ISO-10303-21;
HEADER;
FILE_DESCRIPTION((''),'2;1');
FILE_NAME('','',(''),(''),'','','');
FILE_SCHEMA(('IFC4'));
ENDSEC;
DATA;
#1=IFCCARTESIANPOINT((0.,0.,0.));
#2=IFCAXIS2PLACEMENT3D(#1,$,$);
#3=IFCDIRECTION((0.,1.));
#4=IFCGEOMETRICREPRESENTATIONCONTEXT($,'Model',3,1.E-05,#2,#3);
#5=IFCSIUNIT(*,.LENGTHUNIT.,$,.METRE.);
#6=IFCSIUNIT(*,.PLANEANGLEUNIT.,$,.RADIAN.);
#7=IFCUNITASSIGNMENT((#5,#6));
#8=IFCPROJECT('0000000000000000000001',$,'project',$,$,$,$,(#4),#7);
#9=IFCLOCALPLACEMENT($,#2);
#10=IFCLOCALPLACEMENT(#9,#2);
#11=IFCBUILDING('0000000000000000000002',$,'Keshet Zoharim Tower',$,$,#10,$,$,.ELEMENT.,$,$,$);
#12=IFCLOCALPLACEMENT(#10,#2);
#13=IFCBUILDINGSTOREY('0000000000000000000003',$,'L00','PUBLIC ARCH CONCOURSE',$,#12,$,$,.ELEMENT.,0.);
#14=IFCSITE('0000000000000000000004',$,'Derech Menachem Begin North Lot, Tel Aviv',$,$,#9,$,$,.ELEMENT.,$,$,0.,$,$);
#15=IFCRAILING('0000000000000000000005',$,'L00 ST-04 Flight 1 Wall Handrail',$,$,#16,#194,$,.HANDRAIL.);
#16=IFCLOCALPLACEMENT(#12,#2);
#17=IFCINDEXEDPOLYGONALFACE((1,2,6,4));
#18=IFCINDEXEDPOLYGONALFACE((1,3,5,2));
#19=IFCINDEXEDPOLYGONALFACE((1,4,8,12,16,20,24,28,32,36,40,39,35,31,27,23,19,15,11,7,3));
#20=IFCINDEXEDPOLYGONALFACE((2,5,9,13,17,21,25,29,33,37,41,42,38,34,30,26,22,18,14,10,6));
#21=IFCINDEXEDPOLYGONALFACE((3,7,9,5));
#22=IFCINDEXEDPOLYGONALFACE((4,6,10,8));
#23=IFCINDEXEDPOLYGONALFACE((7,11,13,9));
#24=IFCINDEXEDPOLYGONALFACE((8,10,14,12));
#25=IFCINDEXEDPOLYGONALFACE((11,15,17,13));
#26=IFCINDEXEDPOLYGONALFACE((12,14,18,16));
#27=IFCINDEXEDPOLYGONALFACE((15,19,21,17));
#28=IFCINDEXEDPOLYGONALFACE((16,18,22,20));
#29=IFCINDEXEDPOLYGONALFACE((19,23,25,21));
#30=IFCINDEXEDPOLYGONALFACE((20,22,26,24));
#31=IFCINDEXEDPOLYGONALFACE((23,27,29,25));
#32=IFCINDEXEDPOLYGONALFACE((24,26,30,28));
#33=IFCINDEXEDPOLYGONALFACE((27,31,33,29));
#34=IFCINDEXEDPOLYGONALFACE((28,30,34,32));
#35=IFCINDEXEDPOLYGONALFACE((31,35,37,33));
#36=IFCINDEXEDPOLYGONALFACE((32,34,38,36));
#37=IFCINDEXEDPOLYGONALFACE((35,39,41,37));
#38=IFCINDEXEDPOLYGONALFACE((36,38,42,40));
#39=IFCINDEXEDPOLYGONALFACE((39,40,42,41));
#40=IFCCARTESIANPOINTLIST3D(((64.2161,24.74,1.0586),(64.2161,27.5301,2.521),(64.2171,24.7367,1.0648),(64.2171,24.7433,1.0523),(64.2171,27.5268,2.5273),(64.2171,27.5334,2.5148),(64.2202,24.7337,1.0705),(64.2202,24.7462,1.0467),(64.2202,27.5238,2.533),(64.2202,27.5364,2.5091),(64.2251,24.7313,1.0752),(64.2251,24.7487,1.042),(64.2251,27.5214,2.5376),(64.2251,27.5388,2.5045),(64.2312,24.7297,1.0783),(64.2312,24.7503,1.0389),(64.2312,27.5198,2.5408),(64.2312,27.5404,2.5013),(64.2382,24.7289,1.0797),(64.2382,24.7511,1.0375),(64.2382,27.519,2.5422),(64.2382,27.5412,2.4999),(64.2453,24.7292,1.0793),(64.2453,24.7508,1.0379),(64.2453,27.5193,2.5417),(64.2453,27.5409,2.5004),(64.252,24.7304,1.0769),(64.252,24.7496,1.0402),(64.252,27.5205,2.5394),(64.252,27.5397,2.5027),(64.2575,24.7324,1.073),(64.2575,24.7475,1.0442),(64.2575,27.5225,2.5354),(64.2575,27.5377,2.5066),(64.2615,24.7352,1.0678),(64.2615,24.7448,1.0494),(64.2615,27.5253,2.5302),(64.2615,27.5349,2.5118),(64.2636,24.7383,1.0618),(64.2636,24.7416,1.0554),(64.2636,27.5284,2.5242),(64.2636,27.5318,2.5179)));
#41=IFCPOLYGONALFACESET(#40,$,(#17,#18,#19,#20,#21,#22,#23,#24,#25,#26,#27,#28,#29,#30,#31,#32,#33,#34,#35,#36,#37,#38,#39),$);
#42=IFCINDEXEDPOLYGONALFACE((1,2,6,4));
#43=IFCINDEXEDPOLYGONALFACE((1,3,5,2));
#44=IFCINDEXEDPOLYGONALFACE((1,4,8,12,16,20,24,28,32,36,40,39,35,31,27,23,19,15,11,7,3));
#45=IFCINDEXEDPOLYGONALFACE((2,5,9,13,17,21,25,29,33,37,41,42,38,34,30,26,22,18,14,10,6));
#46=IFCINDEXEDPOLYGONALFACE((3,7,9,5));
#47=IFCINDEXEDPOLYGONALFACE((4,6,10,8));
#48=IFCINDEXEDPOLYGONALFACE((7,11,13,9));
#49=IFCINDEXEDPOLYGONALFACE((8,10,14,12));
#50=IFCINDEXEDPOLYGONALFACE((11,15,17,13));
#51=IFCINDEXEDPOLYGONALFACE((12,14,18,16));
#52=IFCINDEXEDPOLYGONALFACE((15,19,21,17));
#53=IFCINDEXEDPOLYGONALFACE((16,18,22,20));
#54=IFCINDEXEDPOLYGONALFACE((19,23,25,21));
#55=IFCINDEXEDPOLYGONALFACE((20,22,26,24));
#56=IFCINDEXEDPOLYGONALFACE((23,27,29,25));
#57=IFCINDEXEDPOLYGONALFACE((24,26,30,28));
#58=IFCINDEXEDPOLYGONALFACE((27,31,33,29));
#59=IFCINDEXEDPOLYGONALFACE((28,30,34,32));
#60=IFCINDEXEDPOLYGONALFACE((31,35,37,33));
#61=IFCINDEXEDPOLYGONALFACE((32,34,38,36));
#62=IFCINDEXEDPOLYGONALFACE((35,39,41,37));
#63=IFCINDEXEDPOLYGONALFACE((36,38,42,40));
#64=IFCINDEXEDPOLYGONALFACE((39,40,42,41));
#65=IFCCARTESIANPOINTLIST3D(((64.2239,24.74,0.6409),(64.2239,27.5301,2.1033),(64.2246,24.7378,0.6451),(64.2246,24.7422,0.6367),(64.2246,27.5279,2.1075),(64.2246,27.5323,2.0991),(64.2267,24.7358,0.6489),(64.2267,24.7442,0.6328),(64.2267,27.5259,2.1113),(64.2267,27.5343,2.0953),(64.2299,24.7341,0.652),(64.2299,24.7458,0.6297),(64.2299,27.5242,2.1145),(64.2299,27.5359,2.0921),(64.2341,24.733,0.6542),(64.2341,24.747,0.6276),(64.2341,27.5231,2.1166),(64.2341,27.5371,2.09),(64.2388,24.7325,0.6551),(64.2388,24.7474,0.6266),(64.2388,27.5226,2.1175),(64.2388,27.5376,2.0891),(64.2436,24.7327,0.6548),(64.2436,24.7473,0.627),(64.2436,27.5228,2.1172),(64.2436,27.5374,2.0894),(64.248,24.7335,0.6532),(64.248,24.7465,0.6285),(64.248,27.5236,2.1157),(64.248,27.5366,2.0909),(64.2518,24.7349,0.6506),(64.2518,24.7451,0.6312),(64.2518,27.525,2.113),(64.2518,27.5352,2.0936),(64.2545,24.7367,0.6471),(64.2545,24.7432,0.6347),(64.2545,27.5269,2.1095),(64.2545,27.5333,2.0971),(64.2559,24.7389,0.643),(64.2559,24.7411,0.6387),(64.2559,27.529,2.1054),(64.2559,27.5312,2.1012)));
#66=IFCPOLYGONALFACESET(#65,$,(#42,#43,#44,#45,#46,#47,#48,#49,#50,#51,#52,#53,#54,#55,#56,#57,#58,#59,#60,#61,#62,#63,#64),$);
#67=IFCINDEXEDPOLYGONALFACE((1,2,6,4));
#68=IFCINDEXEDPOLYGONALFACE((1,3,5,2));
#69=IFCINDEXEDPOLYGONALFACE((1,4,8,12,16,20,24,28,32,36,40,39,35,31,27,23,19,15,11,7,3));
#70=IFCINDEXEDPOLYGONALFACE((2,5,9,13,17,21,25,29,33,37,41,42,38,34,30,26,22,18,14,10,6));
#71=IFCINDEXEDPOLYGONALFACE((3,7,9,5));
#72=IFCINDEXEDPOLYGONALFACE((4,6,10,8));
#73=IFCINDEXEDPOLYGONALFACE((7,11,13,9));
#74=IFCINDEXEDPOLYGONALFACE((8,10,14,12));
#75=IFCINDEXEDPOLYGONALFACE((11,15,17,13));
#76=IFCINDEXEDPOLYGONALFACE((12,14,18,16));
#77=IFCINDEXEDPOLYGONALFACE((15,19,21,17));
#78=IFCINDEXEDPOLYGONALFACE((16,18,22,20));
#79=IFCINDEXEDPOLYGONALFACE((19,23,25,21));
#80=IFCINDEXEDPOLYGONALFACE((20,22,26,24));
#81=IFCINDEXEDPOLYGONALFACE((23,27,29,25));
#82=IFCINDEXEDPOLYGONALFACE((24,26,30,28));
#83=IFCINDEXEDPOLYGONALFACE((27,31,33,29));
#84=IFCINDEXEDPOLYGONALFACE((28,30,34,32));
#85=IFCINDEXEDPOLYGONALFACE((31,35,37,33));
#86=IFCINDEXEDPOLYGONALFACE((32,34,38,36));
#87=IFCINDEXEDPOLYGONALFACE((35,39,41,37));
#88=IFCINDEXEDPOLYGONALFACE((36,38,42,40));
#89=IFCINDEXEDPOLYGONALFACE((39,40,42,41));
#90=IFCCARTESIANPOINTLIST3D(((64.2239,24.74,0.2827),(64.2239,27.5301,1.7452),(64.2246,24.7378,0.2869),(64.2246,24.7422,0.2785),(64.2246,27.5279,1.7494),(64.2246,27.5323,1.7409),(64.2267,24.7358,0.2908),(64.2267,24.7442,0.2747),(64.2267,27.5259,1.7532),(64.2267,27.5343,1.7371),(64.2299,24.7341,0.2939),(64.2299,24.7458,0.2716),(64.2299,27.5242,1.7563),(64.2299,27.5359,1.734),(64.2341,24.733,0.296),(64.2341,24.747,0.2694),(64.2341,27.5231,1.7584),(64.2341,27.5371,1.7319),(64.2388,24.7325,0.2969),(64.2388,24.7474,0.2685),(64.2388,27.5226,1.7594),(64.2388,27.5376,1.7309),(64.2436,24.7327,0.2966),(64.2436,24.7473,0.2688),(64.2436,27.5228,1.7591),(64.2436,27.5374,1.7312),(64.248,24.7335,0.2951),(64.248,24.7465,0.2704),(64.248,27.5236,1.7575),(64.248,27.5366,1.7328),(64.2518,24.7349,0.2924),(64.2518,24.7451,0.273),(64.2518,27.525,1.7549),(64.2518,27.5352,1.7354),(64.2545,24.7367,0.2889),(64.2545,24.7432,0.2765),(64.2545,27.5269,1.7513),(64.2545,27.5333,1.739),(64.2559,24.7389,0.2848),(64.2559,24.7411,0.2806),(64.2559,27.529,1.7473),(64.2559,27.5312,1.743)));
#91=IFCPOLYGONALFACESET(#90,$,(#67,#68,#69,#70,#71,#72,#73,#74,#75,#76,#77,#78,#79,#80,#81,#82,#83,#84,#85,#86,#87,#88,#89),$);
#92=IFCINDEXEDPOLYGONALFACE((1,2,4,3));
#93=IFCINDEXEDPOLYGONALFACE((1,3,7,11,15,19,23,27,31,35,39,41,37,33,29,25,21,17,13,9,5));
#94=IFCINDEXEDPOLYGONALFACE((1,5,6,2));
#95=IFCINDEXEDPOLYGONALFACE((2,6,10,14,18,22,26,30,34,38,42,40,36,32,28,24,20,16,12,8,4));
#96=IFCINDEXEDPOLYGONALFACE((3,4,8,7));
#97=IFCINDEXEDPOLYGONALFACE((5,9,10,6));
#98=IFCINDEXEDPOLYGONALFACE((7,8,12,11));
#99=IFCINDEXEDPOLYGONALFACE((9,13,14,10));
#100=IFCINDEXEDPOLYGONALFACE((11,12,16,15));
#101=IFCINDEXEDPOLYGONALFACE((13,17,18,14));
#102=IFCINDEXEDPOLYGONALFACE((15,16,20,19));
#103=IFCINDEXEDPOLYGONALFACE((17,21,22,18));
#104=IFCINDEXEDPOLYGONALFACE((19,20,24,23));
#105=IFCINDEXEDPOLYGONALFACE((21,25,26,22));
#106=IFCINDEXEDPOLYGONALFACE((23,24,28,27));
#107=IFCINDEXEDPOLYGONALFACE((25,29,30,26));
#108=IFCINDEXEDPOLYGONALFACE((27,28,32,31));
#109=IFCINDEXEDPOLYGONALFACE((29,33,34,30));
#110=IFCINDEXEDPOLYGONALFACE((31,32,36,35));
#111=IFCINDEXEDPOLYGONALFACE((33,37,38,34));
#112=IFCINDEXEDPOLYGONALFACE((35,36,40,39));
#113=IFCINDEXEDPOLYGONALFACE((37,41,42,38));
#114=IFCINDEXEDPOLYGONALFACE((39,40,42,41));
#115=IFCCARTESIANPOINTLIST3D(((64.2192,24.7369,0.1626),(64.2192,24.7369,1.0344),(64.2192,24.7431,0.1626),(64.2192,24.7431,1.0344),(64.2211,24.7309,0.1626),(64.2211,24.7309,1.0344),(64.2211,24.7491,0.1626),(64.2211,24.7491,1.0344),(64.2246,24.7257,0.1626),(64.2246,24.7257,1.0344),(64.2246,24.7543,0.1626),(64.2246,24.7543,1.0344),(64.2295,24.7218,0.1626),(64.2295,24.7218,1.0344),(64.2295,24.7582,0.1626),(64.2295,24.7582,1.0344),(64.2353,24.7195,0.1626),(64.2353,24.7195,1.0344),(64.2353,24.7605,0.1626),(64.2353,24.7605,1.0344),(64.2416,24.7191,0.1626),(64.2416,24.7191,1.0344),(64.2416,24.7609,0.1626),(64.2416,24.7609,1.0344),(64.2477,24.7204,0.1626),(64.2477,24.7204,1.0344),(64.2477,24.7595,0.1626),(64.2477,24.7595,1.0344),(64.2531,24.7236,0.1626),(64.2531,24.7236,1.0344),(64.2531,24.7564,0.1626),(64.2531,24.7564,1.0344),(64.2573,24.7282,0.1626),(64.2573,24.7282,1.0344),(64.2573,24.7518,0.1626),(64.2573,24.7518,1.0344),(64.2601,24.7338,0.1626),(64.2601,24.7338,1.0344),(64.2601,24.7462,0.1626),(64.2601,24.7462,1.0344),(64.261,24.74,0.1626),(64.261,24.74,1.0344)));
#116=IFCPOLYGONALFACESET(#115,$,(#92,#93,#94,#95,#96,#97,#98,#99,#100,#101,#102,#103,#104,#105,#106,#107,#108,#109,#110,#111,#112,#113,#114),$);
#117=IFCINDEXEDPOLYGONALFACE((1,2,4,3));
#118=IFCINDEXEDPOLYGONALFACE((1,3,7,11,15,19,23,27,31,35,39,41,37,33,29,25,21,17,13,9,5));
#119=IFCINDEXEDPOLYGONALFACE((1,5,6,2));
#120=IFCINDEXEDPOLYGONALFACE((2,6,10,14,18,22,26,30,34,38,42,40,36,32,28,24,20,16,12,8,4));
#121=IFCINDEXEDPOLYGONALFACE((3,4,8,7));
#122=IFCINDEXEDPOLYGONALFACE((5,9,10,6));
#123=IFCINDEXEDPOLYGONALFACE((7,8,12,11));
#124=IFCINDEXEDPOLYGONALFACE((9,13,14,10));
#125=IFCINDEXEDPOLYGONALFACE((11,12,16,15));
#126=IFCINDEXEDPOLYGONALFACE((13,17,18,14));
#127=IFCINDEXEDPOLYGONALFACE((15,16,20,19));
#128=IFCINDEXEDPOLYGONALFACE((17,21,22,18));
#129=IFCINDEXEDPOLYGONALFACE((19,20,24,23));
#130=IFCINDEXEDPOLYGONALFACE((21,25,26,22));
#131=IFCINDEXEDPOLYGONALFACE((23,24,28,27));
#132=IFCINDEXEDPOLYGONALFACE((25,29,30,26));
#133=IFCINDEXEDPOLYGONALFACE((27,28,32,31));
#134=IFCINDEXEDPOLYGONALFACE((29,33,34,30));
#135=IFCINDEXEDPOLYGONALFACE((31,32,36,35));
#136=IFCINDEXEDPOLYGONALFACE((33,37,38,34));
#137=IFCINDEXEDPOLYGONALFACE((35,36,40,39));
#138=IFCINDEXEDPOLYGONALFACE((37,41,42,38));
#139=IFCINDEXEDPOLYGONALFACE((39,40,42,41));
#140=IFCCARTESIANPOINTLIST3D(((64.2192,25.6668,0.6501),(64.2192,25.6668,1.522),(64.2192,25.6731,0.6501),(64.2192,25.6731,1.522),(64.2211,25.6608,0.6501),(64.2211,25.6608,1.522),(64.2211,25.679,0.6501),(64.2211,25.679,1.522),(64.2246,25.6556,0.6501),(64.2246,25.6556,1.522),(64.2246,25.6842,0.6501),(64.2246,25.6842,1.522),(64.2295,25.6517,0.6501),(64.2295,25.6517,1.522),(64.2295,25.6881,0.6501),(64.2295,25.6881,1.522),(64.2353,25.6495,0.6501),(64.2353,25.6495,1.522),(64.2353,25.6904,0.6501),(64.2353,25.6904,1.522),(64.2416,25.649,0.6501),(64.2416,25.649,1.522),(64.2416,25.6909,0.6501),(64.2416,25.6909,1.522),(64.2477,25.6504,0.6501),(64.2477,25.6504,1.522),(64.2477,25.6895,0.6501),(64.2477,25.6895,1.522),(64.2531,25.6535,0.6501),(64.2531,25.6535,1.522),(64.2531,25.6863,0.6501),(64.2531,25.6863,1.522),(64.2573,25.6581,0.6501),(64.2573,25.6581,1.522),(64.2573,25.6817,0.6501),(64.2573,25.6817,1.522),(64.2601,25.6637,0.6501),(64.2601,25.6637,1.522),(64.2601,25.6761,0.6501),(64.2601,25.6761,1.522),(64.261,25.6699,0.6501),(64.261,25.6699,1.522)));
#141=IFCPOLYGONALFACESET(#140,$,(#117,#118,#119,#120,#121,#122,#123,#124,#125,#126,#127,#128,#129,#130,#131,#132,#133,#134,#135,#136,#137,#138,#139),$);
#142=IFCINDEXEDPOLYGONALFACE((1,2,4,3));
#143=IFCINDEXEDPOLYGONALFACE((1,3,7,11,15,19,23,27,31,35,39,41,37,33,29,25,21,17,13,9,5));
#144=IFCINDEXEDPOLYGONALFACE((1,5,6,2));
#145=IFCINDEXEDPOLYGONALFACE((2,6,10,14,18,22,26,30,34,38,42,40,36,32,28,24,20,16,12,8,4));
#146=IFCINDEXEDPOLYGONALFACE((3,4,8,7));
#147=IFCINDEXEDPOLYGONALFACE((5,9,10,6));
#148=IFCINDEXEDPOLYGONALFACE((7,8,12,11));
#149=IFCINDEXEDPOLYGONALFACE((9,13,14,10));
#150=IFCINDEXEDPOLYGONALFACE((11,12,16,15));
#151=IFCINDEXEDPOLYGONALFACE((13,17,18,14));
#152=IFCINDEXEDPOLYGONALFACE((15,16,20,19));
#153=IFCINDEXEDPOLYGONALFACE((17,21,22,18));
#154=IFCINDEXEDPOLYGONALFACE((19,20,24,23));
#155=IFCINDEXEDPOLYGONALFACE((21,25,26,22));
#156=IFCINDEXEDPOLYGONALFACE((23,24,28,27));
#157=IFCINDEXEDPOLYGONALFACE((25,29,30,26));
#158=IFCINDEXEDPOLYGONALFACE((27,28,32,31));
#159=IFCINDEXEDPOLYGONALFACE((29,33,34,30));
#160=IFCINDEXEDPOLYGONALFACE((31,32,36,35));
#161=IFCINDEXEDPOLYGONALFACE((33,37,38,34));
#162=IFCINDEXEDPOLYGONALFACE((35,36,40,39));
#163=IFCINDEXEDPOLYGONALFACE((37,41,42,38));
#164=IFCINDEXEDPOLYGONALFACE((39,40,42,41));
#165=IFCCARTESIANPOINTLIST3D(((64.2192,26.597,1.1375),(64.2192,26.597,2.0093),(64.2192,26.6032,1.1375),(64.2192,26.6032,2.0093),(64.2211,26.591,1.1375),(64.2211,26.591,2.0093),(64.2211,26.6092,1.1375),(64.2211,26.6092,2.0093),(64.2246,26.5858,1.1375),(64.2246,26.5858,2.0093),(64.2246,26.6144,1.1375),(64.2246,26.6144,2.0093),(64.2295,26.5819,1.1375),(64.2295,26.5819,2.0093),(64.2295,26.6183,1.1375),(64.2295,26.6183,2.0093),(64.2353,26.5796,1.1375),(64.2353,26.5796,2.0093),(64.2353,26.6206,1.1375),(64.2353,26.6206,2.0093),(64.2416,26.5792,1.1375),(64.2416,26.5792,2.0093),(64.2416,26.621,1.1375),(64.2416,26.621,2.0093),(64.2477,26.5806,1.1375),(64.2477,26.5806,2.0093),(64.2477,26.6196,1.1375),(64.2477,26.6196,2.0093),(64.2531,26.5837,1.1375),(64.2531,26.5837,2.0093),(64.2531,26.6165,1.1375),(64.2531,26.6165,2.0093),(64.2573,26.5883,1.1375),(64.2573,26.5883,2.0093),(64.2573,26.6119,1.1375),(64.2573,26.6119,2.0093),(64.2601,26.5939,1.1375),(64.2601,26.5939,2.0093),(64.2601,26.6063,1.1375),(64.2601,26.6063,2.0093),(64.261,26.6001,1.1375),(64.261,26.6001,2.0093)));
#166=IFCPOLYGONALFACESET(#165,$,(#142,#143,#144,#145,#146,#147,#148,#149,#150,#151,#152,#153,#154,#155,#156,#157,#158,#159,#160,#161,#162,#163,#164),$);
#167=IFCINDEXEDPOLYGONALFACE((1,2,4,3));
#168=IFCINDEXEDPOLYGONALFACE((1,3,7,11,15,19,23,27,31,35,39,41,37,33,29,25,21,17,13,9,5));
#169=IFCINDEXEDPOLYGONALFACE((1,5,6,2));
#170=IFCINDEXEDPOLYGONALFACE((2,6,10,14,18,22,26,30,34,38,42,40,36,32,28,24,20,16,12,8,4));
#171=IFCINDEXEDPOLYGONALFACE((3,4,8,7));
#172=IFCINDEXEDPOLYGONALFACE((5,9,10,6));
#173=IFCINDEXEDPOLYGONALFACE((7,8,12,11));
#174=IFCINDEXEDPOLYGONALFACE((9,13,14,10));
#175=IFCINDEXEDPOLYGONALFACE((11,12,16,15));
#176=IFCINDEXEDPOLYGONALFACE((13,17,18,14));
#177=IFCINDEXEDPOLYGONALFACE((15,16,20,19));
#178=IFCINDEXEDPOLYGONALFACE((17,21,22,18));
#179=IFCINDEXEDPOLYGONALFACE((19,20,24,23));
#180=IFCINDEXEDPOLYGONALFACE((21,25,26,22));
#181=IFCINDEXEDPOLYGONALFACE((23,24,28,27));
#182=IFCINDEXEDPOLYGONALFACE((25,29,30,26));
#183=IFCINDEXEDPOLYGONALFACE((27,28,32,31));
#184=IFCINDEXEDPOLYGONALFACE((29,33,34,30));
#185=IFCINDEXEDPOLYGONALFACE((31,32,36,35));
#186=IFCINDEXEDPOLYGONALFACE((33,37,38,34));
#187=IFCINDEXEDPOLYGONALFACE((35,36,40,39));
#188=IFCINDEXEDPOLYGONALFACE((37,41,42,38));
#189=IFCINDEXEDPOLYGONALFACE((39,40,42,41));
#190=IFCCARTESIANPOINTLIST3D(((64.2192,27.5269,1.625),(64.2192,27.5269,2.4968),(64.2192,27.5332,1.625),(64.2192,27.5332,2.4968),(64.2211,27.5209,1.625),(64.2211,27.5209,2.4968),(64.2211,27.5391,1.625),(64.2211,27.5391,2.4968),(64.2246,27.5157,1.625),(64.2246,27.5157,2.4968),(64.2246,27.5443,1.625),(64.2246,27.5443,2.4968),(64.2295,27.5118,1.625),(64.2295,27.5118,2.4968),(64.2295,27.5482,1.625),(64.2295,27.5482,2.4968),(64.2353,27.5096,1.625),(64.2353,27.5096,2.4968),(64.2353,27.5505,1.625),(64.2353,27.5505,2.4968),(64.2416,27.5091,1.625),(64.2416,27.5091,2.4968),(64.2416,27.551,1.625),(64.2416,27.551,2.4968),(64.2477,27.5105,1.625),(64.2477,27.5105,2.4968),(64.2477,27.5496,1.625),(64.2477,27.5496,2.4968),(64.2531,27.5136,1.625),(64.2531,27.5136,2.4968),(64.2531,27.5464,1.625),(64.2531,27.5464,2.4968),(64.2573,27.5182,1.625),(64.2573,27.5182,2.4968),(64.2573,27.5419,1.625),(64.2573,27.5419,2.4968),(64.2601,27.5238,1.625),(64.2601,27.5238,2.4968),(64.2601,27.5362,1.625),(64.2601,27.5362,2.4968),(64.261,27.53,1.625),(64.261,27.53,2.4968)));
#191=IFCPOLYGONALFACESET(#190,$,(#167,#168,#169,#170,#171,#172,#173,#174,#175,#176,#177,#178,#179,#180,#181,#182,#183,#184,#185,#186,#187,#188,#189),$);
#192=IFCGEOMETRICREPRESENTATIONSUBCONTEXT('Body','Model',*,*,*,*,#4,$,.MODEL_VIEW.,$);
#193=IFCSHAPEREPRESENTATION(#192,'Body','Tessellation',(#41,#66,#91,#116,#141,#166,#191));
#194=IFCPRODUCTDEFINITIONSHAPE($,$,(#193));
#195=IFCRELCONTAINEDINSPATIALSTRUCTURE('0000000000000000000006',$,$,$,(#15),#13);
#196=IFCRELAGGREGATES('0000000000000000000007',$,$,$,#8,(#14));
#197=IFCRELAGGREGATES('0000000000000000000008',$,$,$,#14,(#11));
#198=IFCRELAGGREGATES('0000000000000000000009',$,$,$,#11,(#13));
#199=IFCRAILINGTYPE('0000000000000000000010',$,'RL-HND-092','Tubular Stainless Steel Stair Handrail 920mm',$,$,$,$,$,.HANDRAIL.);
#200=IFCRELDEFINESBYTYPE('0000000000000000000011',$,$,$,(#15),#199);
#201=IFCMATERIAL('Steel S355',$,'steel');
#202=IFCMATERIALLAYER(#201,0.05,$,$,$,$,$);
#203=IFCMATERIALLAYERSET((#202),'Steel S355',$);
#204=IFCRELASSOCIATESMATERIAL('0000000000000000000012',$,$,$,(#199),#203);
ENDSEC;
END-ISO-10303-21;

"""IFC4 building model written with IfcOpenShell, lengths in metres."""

from ifc_helpers import new_model, si_unit, direction, frame, origin, origin_2d, place, context, subcontext, project, spatial, circle, extrude, material, layer, layer_set, type_object, element, save


model = new_model("IFC4")

# Units and contexts
model_context = context("Model", 3, precision=1e-05, world=origin(), true_north=direction((0.0, 1.0)))
body_context = subcontext(model_context, "Body", "Model", "MODEL_VIEW")
ifc_project = project(units=[si_unit("LENGTHUNIT", "METRE"), si_unit("PLANEANGLEUNIT", "RADIAN")], contexts=[model_context])

# Site, building, storey
site_placement = place(None, origin())
site = spatial("IfcSite", under=ifc_project, at=site_placement, Name="Derech Menachem Begin North Lot, Tel Aviv", CompositionType="ELEMENT", RefElevation=0.0)
building_placement = place(site_placement, origin())
building = spatial("IfcBuilding", under=site, at=building_placement, Name="Keshet Zoharim Tower", CompositionType="ELEMENT")
storey_placement = place(building_placement, origin())
storey = spatial("IfcBuildingStorey", under=building, at=storey_placement, Name="L00", Description="PUBLIC ARCH CONCOURSE", CompositionType="ELEMENT", Elevation=0.0)

# Shared definitions
ifc_material_1 = material(Name="Steel S355", Category="steel")

# Railing
ifc_layer_1 = layer(ifc_material_1, 0.05)
ifc_layer_set_1 = layer_set([ifc_layer_1], Name="Steel S355")
railing_type = type_object("IfcRailingType", Name="RL-HND-092", Description="Tubular Stainless Steel Stair Handrail 920mm", PredefinedType="HANDRAIL", material=ifc_layer_set_1)
railing_placement = place(storey_placement, frame((64.24, 24.74, 0.1626)))
element("IfcRailing", 1, at=railing_placement, inside=storey, type_object=railing_type, Name="L00 ST-04 Flight 1 Wall Handrail", PredefinedType="HANDRAIL", context=body_context, shape_type="SweptSolid", body=[
    extrude(circle(Radius=0.0239, at=origin_2d()), frame((0.0, 0.0, 0.896), z_axis=(0.0, 0.885707, 0.464244), x_axis=(-1.0, 0.0, 0.0)), (0.0, 0.0, 1.0), 3.1501),
    extrude(circle(Radius=0.0161, at=origin_2d()), frame((0.0, 0.0, 0.4783), z_axis=(0.0, 0.885707, 0.464244), x_axis=(-1.0, 0.0, 0.0)), (0.0, 0.0, 1.0), 3.1501),
    extrude(circle(Radius=0.0161, at=origin_2d()), frame((0.0, 0.0, 0.1201), z_axis=(0.0, 0.885707, 0.464244), x_axis=(-1.0, 0.0, 0.0)), (0.0, 0.0, 1.0), 3.1501),
    extrude(circle(Radius=0.021, at=origin_2d()), origin(), (0.0, 0.0, 1.0), 0.8718),
    extrude(circle(Radius=0.021, at=origin_2d()), frame((0.0, 0.9299, 0.4875)), (0.0, 0.0, 1.0), 0.8718),
    extrude(circle(Radius=0.021, at=origin_2d()), frame((0.0, 1.8601, 0.9749)), (0.0, 0.0, 1.0), 0.8718),
    extrude(circle(Radius=0.021, at=origin_2d()), frame((0.0, 2.79, 1.4624)), (0.0, 0.0, 1.0), 0.8718),
])

save(model, "model.ifc")
